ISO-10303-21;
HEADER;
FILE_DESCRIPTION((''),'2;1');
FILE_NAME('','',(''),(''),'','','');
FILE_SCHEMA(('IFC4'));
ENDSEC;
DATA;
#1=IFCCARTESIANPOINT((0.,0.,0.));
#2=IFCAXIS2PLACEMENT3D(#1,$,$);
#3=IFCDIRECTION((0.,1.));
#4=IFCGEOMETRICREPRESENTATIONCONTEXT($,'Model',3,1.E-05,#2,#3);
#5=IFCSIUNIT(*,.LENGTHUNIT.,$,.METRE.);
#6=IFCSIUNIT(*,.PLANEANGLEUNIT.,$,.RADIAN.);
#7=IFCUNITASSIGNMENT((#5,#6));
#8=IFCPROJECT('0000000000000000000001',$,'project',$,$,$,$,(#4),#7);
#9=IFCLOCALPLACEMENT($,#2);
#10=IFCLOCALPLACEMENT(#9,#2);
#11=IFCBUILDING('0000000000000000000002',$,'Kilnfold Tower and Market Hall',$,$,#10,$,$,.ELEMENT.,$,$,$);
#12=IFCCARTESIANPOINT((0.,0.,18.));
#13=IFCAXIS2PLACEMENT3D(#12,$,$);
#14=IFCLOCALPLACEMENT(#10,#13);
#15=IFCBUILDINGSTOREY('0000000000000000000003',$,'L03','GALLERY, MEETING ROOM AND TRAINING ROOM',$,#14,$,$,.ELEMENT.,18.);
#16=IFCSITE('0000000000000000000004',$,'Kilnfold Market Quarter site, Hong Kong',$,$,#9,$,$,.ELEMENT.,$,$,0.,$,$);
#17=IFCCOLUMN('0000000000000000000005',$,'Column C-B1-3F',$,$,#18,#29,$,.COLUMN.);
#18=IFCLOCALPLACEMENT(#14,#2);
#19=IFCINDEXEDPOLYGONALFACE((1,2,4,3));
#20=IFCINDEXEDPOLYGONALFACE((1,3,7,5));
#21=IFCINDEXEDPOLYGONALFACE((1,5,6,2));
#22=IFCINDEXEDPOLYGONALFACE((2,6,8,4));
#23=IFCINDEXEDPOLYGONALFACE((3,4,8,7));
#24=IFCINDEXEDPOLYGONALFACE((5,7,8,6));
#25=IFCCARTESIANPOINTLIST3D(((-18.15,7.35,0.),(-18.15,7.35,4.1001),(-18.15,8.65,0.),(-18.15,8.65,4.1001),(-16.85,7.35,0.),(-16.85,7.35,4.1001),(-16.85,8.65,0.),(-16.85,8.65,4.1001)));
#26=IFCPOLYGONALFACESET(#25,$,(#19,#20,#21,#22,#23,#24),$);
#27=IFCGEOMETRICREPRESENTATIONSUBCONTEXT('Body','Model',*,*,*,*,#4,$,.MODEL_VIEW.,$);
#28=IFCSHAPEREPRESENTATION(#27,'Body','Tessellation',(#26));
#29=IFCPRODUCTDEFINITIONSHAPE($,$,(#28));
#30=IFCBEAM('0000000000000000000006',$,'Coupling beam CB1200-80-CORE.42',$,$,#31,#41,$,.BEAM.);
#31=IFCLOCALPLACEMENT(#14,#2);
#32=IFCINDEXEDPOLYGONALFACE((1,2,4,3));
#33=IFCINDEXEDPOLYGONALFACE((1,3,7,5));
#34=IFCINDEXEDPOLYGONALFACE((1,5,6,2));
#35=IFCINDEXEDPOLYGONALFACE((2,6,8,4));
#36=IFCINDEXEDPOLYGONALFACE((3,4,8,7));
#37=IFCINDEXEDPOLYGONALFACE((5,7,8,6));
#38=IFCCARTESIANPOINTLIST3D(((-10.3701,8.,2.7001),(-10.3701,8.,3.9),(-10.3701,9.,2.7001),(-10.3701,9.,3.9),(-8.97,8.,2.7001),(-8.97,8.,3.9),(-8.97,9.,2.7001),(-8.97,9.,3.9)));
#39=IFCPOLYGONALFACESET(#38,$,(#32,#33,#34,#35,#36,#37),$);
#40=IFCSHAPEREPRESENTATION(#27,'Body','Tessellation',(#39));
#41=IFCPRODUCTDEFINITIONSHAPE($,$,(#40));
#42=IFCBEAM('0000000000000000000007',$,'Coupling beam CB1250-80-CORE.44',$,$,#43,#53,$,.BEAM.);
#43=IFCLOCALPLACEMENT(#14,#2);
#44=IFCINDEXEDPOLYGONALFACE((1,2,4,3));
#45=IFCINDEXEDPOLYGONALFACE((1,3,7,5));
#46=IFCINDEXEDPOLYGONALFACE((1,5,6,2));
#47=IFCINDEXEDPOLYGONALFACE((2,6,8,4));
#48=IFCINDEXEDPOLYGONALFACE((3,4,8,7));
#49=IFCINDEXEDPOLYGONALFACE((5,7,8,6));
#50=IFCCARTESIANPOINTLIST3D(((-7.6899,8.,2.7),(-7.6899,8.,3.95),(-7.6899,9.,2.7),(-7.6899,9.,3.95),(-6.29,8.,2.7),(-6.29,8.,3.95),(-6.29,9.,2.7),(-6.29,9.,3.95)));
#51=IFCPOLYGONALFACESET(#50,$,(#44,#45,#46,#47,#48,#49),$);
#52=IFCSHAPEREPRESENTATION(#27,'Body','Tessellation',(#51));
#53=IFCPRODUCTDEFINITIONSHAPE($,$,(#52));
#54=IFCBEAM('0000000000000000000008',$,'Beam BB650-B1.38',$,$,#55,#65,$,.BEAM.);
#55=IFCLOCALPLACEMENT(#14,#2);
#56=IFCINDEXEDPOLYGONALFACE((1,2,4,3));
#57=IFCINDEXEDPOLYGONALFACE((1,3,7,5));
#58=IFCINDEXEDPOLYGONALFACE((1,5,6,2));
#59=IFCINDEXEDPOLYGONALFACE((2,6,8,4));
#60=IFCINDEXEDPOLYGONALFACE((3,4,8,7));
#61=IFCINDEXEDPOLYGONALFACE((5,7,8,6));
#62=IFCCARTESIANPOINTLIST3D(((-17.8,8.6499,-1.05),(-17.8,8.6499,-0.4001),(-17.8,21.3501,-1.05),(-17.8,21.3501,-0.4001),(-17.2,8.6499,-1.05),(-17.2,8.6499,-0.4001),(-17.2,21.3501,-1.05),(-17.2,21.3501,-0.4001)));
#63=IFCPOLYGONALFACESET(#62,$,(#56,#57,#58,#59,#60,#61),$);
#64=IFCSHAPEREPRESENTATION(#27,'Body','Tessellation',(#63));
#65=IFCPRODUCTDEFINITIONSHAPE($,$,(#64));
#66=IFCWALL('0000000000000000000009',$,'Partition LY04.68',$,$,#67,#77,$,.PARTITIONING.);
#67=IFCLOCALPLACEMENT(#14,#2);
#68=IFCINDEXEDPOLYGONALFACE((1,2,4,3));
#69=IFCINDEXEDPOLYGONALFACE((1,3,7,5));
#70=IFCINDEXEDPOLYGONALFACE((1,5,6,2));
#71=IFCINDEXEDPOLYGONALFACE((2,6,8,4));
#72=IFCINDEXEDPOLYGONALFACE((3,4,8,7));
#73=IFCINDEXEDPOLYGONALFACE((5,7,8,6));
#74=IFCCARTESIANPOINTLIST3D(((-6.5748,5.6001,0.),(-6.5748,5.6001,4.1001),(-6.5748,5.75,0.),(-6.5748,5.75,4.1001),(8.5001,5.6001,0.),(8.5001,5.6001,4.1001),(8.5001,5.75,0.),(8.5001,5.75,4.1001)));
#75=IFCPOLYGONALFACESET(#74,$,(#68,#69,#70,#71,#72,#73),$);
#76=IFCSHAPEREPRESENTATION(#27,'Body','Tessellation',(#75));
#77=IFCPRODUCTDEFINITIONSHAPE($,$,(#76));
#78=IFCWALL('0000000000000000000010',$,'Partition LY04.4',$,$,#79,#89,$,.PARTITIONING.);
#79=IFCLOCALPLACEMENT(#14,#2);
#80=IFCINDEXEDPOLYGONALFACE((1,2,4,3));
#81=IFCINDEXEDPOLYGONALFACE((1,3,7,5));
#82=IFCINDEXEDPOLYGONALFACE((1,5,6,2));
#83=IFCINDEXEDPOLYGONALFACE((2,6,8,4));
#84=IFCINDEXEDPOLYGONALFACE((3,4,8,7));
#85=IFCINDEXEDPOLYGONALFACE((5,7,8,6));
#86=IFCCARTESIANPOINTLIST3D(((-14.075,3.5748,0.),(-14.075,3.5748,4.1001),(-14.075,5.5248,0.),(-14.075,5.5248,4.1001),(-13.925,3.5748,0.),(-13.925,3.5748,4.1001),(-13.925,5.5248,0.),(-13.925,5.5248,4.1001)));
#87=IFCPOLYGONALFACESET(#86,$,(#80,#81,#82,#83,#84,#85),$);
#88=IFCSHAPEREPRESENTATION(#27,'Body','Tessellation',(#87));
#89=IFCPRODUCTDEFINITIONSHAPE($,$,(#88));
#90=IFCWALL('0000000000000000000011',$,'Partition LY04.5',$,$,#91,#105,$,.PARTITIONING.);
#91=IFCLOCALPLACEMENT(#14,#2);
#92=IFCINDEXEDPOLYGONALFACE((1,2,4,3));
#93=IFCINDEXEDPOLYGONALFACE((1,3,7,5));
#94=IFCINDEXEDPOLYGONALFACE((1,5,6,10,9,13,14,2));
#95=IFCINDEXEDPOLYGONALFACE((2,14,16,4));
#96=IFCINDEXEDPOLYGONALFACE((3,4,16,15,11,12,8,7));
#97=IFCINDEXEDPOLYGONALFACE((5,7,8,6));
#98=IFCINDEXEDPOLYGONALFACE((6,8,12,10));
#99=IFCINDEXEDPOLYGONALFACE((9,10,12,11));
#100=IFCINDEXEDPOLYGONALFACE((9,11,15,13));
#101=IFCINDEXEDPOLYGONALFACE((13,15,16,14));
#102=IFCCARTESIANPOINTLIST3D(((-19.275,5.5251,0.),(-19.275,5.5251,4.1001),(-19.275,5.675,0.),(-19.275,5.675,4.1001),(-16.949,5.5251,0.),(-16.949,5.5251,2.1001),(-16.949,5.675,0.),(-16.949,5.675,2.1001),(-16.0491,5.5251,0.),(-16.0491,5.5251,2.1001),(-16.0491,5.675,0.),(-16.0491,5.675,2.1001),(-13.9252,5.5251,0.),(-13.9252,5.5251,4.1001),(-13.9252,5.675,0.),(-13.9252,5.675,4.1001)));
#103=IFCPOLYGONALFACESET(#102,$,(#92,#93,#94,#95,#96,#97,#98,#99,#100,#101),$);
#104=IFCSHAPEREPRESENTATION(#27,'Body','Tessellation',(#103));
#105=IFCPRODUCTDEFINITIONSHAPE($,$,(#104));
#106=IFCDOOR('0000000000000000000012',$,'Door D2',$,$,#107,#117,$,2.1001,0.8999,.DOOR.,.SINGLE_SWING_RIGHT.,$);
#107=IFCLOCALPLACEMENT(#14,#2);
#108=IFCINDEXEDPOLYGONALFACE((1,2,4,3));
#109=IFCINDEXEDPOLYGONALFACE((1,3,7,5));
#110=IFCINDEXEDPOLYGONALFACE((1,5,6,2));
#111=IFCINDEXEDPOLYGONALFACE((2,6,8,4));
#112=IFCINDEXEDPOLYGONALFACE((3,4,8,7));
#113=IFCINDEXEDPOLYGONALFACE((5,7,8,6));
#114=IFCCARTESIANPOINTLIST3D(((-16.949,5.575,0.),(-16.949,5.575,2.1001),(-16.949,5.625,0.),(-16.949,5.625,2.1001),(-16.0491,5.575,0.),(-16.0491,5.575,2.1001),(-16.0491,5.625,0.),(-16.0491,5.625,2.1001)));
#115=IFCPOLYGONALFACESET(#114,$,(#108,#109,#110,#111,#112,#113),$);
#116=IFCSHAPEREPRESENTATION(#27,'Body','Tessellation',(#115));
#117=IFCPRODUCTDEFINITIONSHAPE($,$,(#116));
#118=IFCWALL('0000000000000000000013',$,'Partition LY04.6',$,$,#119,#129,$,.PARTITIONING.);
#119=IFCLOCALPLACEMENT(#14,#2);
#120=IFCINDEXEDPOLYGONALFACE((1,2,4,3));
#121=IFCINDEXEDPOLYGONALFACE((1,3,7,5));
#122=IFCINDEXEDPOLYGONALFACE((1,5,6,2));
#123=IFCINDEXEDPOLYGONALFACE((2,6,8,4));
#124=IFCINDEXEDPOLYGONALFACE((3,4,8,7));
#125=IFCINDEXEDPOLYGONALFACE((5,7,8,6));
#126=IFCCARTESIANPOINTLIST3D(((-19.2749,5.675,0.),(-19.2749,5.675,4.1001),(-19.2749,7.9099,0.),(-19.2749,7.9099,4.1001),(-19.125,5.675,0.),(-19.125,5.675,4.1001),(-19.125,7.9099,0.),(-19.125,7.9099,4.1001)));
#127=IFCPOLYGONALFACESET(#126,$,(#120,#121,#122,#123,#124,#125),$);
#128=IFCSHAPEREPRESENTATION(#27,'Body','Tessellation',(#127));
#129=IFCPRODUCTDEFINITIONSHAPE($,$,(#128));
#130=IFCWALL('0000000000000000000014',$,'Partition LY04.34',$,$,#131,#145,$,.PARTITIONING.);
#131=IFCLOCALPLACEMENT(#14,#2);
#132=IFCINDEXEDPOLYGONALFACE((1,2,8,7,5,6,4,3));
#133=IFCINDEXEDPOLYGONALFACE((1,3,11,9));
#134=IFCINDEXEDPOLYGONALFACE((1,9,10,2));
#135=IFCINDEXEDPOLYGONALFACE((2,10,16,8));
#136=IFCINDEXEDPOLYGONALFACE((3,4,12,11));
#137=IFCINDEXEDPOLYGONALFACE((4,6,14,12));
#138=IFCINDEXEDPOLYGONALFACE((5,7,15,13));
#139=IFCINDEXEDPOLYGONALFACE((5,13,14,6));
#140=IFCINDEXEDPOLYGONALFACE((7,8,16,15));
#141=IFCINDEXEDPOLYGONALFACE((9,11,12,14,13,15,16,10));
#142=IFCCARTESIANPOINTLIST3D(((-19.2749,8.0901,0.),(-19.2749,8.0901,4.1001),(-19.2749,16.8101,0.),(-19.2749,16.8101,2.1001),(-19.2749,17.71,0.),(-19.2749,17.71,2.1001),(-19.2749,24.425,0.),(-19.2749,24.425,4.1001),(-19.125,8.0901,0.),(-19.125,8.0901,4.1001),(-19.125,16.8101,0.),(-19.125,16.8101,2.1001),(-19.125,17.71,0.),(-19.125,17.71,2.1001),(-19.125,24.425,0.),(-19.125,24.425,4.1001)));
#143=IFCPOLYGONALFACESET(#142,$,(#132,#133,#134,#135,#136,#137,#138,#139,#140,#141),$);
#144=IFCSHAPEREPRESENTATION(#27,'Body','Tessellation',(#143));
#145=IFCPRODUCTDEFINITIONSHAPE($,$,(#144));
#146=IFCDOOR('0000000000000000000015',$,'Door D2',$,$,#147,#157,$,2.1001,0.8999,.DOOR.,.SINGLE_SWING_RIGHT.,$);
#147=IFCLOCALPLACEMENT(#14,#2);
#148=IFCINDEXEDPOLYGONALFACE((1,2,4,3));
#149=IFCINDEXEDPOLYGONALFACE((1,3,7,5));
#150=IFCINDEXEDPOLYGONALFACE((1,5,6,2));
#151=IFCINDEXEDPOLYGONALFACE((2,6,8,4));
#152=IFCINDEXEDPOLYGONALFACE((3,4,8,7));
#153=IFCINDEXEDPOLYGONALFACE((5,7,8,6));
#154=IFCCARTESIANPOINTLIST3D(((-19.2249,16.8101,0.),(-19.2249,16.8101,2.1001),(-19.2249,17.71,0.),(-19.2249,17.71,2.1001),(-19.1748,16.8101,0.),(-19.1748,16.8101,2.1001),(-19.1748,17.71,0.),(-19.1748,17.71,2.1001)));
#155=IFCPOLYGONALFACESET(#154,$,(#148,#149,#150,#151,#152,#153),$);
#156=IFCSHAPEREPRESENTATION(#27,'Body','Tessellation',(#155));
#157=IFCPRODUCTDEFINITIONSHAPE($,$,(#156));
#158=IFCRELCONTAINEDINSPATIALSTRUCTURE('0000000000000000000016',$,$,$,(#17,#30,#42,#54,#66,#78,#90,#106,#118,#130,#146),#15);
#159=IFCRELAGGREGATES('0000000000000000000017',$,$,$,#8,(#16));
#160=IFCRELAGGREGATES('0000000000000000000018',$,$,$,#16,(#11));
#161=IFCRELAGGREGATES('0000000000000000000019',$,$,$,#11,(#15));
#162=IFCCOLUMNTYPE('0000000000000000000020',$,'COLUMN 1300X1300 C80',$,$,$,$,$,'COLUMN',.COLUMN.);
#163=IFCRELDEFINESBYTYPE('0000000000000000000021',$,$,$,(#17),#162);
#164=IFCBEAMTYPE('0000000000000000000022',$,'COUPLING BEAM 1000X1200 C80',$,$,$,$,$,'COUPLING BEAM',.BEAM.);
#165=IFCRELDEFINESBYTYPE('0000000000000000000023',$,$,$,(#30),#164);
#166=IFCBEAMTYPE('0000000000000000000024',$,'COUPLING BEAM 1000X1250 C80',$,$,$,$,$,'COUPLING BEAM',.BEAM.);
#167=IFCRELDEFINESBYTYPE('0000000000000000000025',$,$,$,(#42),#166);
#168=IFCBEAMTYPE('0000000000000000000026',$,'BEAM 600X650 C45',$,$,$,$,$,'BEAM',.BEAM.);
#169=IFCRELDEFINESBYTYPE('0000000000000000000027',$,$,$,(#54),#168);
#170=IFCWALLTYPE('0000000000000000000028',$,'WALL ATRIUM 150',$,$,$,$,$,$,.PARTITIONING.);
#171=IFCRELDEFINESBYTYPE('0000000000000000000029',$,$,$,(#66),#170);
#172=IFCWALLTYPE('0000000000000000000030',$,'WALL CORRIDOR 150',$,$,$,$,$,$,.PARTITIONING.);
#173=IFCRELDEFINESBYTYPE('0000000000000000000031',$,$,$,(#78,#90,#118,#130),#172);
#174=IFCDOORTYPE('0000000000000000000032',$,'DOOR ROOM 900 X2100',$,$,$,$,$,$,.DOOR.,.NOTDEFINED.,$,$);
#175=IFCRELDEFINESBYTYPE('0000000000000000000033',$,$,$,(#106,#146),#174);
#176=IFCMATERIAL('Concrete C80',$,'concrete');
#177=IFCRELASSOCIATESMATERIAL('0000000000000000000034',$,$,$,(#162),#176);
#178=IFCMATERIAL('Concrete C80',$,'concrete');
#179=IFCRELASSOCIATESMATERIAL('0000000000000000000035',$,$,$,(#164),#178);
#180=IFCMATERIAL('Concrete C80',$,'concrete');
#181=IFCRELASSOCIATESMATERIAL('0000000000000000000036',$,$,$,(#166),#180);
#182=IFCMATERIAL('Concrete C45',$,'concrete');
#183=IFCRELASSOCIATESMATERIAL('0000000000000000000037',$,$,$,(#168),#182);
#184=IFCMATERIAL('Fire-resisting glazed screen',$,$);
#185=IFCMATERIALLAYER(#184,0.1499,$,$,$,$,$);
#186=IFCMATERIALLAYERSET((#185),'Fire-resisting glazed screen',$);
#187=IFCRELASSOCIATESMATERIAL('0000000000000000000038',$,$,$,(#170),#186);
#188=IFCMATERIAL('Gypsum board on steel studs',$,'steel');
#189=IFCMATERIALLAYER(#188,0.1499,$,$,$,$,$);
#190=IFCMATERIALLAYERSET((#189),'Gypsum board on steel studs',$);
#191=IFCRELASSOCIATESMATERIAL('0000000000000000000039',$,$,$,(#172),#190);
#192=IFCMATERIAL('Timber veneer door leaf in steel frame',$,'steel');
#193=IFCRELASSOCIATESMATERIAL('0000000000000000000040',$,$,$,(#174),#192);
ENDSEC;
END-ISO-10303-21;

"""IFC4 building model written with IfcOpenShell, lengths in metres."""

from ifc_helpers import new_model, si_unit, direction, frame, frame_2d, origin, origin_2d, place, context, subcontext, project, spatial, rectangle, extrude, source, transform, mapped, material, layer, layer_set, material_profile, profile_set, type_object, element, fill, save


model = new_model("IFC4")

# Units and contexts
model_context = context("Model", 3, precision=1e-05, world=origin(), true_north=direction((0.0, 1.0)))
body_context = subcontext(model_context, "Body", "Model", "MODEL_VIEW")
ifc_project = project(units=[si_unit("LENGTHUNIT", "METRE"), si_unit("PLANEANGLEUNIT", "RADIAN")], contexts=[model_context])

# Site, building, storey
site_placement = place(None, origin())
site = spatial("IfcSite", under=ifc_project, at=site_placement, Name="Kilnfold Market Quarter site, Hong Kong", CompositionType="ELEMENT", RefElevation=0.0)
building_placement = place(site_placement, origin())
building = spatial("IfcBuilding", under=site, at=building_placement, Name="Kilnfold Tower and Market Hall", CompositionType="ELEMENT")
storey_placement = place(building_placement, frame((0.0, 0.0, 18.0)))
storey = spatial("IfcBuildingStorey", under=building, at=storey_placement, Name="L03", Description="GALLERY, MEETING ROOM AND TRAINING ROOM", CompositionType="ELEMENT", Elevation=18.0)

# Column
ifc_material_1 = material(Name="Concrete C80", Category="concrete")
ifc_material_profile_1 = material_profile(ifc_material_1, rectangle(XDim=1.3, YDim=1.3, at=origin_2d()), Name="RC 1300x1300")
ifc_profile_set_1 = profile_set([ifc_material_profile_1], Name="Concrete C80")
column_type = type_object("IfcColumnType", Name="COLUMN 1300X1300 C80", ElementType="COLUMN", PredefinedType="COLUMN", material=ifc_profile_set_1)
shared_shape_1 = source(origin(), body_context, "Body", "SweptSolid", [
    extrude(rectangle(XDim=1.3, YDim=1.3, at=origin_2d()), origin(), (0.0, 0.0, 1.0), 4.1001),
])
column_placement = place(storey_placement, frame((-17.5, 8.0, 0.0), z_axis=(0.0, 0.0, 1.0), x_axis=(1.0, 0.0, 0.0)))
element("IfcColumn", 1, at=column_placement, inside=storey, type_object=column_type, Name="Column C-B1-3F", PredefinedType="COLUMN", context=body_context, shape_type="MappedRepresentation", body=[
    mapped(shared_shape_1, transform((0.0, 0.0, 0.0))),
])

# Beams
ifc_material_2 = material(Name="Concrete C80", Category="concrete")
ifc_material_profile_2 = material_profile(ifc_material_2, rectangle(XDim=1.0, YDim=1.2, at=origin_2d()), Name="RC 1000x1200")
ifc_profile_set_2 = profile_set([ifc_material_profile_2], Name="Concrete C80")
beam_type_1 = type_object("IfcBeamType", Name="COUPLING BEAM 1000X1200 C80", ElementType="COUPLING BEAM", PredefinedType="BEAM", material=ifc_profile_set_2)
shared_shape_2 = source(origin(), body_context, "Body", "SweptSolid", [
    extrude(rectangle(XDim=1.0, YDim=1.2, at=origin_2d()), origin(), (0.0, 0.0, 1.0), 1.4001),
])
beam_1_placement = place(storey_placement, frame((-10.3701, 8.5, 3.3), z_axis=(1.0, 0.0, 0.0), x_axis=(0.0, 1.0, 0.0)))
element("IfcBeam", 2, at=beam_1_placement, inside=storey, type_object=beam_type_1, Name="Coupling beam CB1200-80-CORE.42", PredefinedType="BEAM", context=body_context, shape_type="MappedRepresentation", body=[
    mapped(shared_shape_2, transform((0.0, 0.0, 0.0))),
])
ifc_material_3 = material(Name="Concrete C80", Category="concrete")
ifc_material_profile_3 = material_profile(ifc_material_3, rectangle(XDim=1.0, YDim=1.25, at=origin_2d()), Name="RC 1000x1250")
ifc_profile_set_3 = profile_set([ifc_material_profile_3], Name="Concrete C80")
beam_type_2 = type_object("IfcBeamType", Name="COUPLING BEAM 1000X1250 C80", ElementType="COUPLING BEAM", PredefinedType="BEAM", material=ifc_profile_set_3)
shared_shape_3 = source(origin(), body_context, "Body", "SweptSolid", [
    extrude(rectangle(XDim=1.0, YDim=1.25, at=origin_2d()), origin(), (0.0, 0.0, 1.0), 1.3999),
])
beam_2_placement = place(storey_placement, frame((-7.6899, 8.5, 3.325), z_axis=(1.0, 0.0, 0.0), x_axis=(0.0, 1.0, 0.0)))
element("IfcBeam", 3, at=beam_2_placement, inside=storey, type_object=beam_type_2, Name="Coupling beam CB1250-80-CORE.44", PredefinedType="BEAM", context=body_context, shape_type="MappedRepresentation", body=[
    mapped(shared_shape_3, transform((0.0, 0.0, 0.0))),
])
ifc_material_4 = material(Name="Concrete C45", Category="concrete")
ifc_material_profile_4 = material_profile(ifc_material_4, rectangle(XDim=0.6001, YDim=0.6499, at=origin_2d()), Name="RC 600x650")
ifc_profile_set_4 = profile_set([ifc_material_profile_4], Name="Concrete C45")
beam_type_3 = type_object("IfcBeamType", Name="BEAM 600X650 C45", ElementType="BEAM", PredefinedType="BEAM", material=ifc_profile_set_4)
shared_shape_4 = source(origin(), body_context, "Body", "SweptSolid", [
    extrude(rectangle(XDim=0.6001, YDim=0.6499, at=origin_2d()), origin(), (0.0, 0.0, 1.0), 12.7002),
])
beam_3_placement = place(storey_placement, frame((-17.5, 8.6499, -0.7251), z_axis=(0.0, 1.0, 0.0), x_axis=(-1.0, 0.0, 0.0)))
element("IfcBeam", 4, at=beam_3_placement, inside=storey, type_object=beam_type_3, Name="Beam BB650-B1.38", PredefinedType="BEAM", context=body_context, shape_type="MappedRepresentation", body=[
    mapped(shared_shape_4, transform((0.0, 0.0, 0.0))),
])

# Walls
ifc_material_5 = material(Name="Fire-resisting glazed screen")
ifc_layer_1 = layer(ifc_material_5, 0.1499)
ifc_layer_set_1 = layer_set([ifc_layer_1], Name="Fire-resisting glazed screen")
wall_type_1 = type_object("IfcWallType", Name="WALL ATRIUM 150", PredefinedType="PARTITIONING", material=ifc_layer_set_1)
wall_1_placement = place(storey_placement, frame((-6.575, 5.675, 0.0), z_axis=(0.0, 0.0, 1.0), x_axis=(1.0, 0.0, 0.0)))
element("IfcWall", 5, at=wall_1_placement, inside=storey, type_object=wall_type_1, Name="Partition LY04.68", PredefinedType="PARTITIONING", context=body_context, shape_type="SweptSolid", body=[
    extrude(rectangle(XDim=15.075, YDim=0.1499, at=frame_2d((7.5376, 0.0))), origin(), (0.0, 0.0, 1.0), 4.1001),
])
ifc_material_6 = material(Name="Gypsum board on steel studs", Category="steel")
ifc_layer_2 = layer(ifc_material_6, 0.1499)
ifc_layer_set_2 = layer_set([ifc_layer_2], Name="Gypsum board on steel studs")
wall_type_2 = type_object("IfcWallType", Name="WALL CORRIDOR 150", PredefinedType="PARTITIONING", material=ifc_layer_set_2)
wall_2_placement = place(storey_placement, frame((-14.0, 5.5249, 0.0), z_axis=(0.0, 0.0, 1.0), x_axis=(0.0, -1.0, 0.0)))
element("IfcWall", 6, at=wall_2_placement, inside=storey, type_object=wall_type_2, Name="Partition LY04.4", PredefinedType="PARTITIONING", context=body_context, shape_type="SweptSolid", body=[
    extrude(rectangle(XDim=1.95, YDim=0.1499, at=frame_2d((0.9751, 0.0))), origin(), (0.0, 0.0, 1.0), 4.1001),
])

# Wall, opening, door
wall_3_placement = place(storey_placement, frame((-19.2749, 5.6001, 0.0), z_axis=(0.0, 0.0, 1.0), x_axis=(1.0, 0.0, 0.0)))
wall_3 = element("IfcWall", 7, at=wall_3_placement, inside=storey, type_object=wall_type_2, Name="Partition LY04.5", PredefinedType="PARTITIONING", context=body_context, shape_type="SweptSolid", body=[
    extrude(rectangle(XDim=5.3499, YDim=0.1499, at=frame_2d((2.6748, 0.0))), origin(), (0.0, 0.0, 1.0), 4.1001),
])
opening_1_placement = place(wall_3_placement, frame((2.3259, 0.0, 0.0)))
opening_1 = element("IfcOpeningElement", 8, at=opening_1_placement, cuts=wall_3, PredefinedType="OPENING", context=body_context, shape_type="SweptSolid", body=[
    extrude(rectangle(XDim=0.8999, YDim=2.1001, at=frame_2d((0.45, 1.05))), frame((0.0, 0.085, 0.0), z_axis=(0.0, -1.0, 0.0), x_axis=(1.0, 0.0, 0.0)), (0.0, 0.0, 1.0), 0.1699),
])
ifc_material_7 = material(Name="Timber veneer door leaf in steel frame", Category="steel")
door_type_1 = type_object("IfcDoorType", Name="DOOR ROOM 900 X2100", OperationType="NOTDEFINED", PredefinedType="DOOR", material=ifc_material_7)
door_1_placement = place(opening_1_placement, origin())
door_1 = element("IfcDoor", 9, at=door_1_placement, inside=storey, type_object=door_type_1, Name="Door D2", OperationType="SINGLE_SWING_RIGHT", OverallHeight=2.1001, OverallWidth=0.8999, PredefinedType="DOOR", context=body_context, shape_type="SweptSolid", body=[
    extrude(rectangle(XDim=0.8999, YDim=2.1001, at=frame_2d((0.45, 1.05))), frame((0.0, 0.0249, 0.0), z_axis=(0.0, -1.0, 0.0), x_axis=(1.0, 0.0, 0.0)), (0.0, 0.0, 1.0), 0.05),
])
fill(opening_1, door_1)

# Wall
wall_4_placement = place(storey_placement, frame((-19.2, 5.675, 0.0), z_axis=(0.0, 0.0, 1.0), x_axis=(0.0, 1.0, 0.0)))
element("IfcWall", 10, at=wall_4_placement, inside=storey, type_object=wall_type_2, Name="Partition LY04.6", PredefinedType="PARTITIONING", context=body_context, shape_type="SweptSolid", body=[
    extrude(rectangle(XDim=2.2349, YDim=0.1499, at=frame_2d((1.1174, 0.0))), origin(), (0.0, 0.0, 1.0), 4.1001),
])

# Wall, opening, door
wall_5_placement = place(storey_placement, frame((-19.2, 8.0901, 0.0), z_axis=(0.0, 0.0, 1.0), x_axis=(0.0, 1.0, 0.0)))
wall_5 = element("IfcWall", 11, at=wall_5_placement, inside=storey, type_object=wall_type_2, Name="Partition LY04.34", PredefinedType="PARTITIONING", context=body_context, shape_type="SweptSolid", body=[
    extrude(rectangle(XDim=16.335, YDim=0.1499, at=frame_2d((8.1675, 0.0))), origin(), (0.0, 0.0, 1.0), 4.1001),
])
opening_2_placement = place(wall_5_placement, frame((8.72, 0.0, 0.0)))
opening_2 = element("IfcOpeningElement", 12, at=opening_2_placement, cuts=wall_5, PredefinedType="OPENING", context=body_context, shape_type="SweptSolid", body=[
    extrude(rectangle(XDim=0.8999, YDim=2.1001, at=frame_2d((0.45, 1.05))), frame((0.0, 0.085, 0.0), z_axis=(0.0, -1.0, 0.0), x_axis=(1.0, 0.0, 0.0)), (0.0, 0.0, 1.0), 0.1699),
])
door_2_placement = place(opening_2_placement, origin())
door_2 = element("IfcDoor", 13, at=door_2_placement, inside=storey, type_object=door_type_1, Name="Door D2", OperationType="SINGLE_SWING_RIGHT", OverallHeight=2.1001, OverallWidth=0.8999, PredefinedType="DOOR", context=body_context, shape_type="SweptSolid", body=[
    extrude(rectangle(XDim=0.8999, YDim=2.1001, at=frame_2d((0.45, 1.05))), frame((0.0, 0.0249, 0.0), z_axis=(0.0, -1.0, 0.0), x_axis=(1.0, 0.0, 0.0)), (0.0, 0.0, 1.0), 0.05),
])
fill(opening_2, door_2)

save(model, "model.ifc")
